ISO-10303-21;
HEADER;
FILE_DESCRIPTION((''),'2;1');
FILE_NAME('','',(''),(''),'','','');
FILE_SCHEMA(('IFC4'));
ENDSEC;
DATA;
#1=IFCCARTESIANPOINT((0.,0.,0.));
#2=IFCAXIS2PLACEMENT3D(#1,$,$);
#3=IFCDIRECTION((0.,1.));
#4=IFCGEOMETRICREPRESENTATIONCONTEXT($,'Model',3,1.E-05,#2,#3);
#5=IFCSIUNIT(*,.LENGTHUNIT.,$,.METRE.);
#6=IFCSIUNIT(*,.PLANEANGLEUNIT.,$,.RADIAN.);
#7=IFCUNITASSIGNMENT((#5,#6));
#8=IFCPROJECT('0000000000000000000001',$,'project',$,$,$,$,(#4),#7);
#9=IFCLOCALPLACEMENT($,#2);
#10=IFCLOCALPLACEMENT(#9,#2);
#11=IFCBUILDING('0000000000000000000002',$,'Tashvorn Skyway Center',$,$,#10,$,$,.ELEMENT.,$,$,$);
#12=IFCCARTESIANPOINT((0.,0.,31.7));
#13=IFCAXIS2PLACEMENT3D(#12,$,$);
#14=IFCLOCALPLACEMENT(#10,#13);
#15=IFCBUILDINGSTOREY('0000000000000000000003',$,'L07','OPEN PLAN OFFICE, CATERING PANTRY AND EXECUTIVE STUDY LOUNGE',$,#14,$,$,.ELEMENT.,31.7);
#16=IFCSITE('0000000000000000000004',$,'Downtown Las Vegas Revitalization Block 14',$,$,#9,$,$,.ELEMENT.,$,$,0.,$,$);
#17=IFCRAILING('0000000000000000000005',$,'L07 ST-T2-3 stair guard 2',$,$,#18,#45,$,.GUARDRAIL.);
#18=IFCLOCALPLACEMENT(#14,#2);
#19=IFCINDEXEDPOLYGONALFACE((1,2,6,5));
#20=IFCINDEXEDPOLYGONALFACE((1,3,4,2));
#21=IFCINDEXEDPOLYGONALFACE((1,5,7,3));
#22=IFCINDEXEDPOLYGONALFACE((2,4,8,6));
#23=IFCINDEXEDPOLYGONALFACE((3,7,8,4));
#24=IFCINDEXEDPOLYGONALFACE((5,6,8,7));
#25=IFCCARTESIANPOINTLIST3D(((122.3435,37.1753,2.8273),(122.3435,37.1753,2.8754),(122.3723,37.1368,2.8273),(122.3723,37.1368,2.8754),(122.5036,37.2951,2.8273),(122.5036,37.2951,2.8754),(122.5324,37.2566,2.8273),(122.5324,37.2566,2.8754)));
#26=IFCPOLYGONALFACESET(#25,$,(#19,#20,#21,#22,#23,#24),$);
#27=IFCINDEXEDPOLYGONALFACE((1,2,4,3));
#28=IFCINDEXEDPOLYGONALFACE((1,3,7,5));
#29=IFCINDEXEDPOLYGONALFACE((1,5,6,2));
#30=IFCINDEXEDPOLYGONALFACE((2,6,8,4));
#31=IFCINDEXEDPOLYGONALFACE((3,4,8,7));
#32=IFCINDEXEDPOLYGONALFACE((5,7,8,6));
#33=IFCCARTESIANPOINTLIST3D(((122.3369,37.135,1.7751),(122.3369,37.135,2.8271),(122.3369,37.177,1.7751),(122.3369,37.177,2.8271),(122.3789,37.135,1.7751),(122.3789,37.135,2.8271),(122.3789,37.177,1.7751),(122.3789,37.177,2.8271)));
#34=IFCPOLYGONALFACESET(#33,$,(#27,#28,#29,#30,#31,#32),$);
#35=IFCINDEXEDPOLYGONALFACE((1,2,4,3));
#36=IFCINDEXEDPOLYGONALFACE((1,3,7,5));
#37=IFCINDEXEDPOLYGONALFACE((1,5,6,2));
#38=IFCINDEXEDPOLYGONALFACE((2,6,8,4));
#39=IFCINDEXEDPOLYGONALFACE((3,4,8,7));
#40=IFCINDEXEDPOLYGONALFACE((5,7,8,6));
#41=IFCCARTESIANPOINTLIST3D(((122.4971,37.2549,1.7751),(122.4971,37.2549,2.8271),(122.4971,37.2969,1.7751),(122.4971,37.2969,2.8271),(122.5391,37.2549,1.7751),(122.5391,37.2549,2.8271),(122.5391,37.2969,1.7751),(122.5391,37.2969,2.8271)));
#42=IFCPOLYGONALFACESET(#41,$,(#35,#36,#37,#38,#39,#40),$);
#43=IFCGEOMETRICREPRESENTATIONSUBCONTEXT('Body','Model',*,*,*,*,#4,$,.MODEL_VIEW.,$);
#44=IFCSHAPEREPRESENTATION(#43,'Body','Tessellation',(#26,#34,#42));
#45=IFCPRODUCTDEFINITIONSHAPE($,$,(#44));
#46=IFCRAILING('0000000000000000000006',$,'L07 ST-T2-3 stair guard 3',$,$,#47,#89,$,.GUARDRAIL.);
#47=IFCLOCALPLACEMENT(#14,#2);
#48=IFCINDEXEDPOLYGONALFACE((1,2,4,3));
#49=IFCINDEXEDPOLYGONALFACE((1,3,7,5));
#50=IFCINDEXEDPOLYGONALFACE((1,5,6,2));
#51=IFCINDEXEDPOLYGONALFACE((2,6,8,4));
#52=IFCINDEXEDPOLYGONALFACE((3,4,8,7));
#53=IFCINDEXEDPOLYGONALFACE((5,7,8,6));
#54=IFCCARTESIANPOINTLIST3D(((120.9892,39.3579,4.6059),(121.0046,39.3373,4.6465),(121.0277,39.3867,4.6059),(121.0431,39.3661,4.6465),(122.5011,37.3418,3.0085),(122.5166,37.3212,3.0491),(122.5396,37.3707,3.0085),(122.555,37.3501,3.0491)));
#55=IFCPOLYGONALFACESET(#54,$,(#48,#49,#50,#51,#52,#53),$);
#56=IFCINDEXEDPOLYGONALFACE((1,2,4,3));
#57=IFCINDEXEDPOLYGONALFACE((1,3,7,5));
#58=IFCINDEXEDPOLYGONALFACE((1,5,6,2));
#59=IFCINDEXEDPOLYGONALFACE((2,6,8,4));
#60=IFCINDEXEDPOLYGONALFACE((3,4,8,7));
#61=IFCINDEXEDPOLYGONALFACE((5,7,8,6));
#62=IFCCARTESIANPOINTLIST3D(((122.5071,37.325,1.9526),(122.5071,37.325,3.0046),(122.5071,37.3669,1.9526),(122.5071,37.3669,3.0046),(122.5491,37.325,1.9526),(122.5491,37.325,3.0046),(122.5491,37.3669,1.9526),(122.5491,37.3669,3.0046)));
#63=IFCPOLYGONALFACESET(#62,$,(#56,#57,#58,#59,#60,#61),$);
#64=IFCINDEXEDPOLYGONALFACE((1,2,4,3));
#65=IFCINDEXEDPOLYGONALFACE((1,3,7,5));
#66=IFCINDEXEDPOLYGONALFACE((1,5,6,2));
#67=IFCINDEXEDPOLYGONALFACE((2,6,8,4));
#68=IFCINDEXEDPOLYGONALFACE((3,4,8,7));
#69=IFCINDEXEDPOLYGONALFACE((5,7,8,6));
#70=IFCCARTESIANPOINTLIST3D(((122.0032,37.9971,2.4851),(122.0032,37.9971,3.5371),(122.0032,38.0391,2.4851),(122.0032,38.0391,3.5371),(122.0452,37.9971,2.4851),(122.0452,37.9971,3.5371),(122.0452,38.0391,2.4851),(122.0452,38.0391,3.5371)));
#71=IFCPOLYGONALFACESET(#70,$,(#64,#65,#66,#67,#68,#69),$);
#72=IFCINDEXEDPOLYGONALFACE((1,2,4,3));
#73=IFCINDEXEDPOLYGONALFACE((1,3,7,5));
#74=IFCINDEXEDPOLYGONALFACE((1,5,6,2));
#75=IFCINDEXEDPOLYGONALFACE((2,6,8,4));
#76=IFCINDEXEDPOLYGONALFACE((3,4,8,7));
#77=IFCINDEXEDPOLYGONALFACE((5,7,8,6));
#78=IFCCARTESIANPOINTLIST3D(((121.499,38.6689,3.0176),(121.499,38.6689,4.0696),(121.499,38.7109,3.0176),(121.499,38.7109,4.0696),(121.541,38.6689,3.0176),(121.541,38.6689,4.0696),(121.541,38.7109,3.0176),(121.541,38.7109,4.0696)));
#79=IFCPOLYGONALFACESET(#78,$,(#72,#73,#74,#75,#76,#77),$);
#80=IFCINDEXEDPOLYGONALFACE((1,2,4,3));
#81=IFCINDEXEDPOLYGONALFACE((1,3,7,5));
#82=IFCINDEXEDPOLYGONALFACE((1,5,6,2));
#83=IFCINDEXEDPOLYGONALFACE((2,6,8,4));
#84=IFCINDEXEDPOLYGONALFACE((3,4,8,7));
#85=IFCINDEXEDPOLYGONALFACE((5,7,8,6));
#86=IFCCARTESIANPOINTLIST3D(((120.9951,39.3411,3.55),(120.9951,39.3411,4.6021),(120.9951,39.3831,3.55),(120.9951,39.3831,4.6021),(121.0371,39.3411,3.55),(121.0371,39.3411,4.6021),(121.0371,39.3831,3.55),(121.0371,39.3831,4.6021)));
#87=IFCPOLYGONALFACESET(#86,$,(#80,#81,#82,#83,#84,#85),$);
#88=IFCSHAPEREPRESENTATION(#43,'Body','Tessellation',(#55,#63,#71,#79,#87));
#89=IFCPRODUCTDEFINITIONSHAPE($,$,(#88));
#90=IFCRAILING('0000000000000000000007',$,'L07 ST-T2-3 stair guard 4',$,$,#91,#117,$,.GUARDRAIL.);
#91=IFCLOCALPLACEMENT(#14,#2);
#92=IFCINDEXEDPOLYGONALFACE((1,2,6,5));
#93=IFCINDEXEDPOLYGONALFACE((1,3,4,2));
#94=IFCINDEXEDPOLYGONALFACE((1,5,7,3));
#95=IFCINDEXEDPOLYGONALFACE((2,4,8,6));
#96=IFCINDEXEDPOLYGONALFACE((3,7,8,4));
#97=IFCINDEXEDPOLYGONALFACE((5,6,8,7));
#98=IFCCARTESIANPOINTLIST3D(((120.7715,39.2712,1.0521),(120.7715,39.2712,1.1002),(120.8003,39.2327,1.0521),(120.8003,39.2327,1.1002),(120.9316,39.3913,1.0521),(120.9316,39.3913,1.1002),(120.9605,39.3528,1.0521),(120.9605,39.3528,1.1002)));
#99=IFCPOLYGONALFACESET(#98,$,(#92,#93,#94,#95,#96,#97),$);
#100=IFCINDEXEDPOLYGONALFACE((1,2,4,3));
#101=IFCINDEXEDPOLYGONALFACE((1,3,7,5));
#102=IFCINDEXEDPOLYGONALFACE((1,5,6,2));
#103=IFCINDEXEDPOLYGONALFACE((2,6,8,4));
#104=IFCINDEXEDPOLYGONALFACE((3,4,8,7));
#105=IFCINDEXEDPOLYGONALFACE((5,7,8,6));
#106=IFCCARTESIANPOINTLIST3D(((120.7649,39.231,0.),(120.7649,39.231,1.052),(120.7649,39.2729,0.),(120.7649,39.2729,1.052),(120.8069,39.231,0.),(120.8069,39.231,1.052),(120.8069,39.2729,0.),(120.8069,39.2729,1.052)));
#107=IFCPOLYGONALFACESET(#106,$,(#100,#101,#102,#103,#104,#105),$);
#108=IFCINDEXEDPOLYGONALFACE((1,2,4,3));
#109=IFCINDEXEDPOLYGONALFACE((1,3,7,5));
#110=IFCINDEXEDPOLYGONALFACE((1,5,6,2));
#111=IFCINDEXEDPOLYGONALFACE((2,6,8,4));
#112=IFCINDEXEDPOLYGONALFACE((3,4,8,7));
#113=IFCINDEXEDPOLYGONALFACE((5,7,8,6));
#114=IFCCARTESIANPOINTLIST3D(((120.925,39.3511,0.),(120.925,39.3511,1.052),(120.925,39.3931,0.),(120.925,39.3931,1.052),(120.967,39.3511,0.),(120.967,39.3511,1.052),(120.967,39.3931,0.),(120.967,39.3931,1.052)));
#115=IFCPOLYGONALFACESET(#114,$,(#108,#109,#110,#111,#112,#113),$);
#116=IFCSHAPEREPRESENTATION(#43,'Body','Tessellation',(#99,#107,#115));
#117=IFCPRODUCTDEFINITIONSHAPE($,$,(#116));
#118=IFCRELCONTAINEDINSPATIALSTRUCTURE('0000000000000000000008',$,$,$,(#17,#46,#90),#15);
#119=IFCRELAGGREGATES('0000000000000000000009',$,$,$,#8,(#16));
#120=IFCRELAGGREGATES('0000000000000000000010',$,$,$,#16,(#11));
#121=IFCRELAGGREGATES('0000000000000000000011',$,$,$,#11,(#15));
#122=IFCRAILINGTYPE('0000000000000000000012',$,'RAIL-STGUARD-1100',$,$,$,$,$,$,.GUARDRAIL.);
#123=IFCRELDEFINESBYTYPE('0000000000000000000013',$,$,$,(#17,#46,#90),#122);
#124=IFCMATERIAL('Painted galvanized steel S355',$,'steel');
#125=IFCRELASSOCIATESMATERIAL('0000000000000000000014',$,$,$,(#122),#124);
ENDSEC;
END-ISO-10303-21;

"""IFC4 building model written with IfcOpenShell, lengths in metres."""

from ifc_helpers import new_model, si_unit, direction, frame, origin, origin_2d, place, context, subcontext, project, spatial, rectangle, extrude, material, type_object, element, save


model = new_model("IFC4")

# Units and contexts
model_context = context("Model", 3, precision=1e-05, world=origin(), true_north=direction((0.0, 1.0)))
body_context = subcontext(model_context, "Body", "Model", "MODEL_VIEW")
ifc_project = project(units=[si_unit("LENGTHUNIT", "METRE"), si_unit("PLANEANGLEUNIT", "RADIAN")], contexts=[model_context])

# Site, building, storey
site_placement = place(None, origin())
site = spatial("IfcSite", under=ifc_project, at=site_placement, Name="Downtown Las Vegas Revitalization Block 14", CompositionType="ELEMENT", RefElevation=0.0)
building_placement = place(site_placement, origin())
building = spatial("IfcBuilding", under=site, at=building_placement, Name="Tashvorn Skyway Center", CompositionType="ELEMENT")
storey_placement = place(building_placement, frame((0.0, 0.0, 31.7)))
storey = spatial("IfcBuildingStorey", under=building, at=storey_placement, Name="L07", Description="OPEN PLAN OFFICE, CATERING PANTRY AND EXECUTIVE STUDY LOUNGE", CompositionType="ELEMENT", Elevation=31.7)

# Railings
ifc_material_1 = material(Name="Painted galvanized steel S355", Category="steel")
railing_type_1 = type_object("IfcRailingType", Name="RAIL-STGUARD-1100", PredefinedType="GUARDRAIL", material=ifc_material_1)
railing_1_placement = place(storey_placement, frame((122.3579, 37.156, 1.7751)))
element("IfcRailing", 1, at=railing_1_placement, inside=storey, type_object=railing_type_1, Name="L07 ST-T2-3 stair guard 2", PredefinedType="GUARDRAIL", context=body_context, shape_type="SweptSolid", body=[
    extrude(rectangle(XDim=0.0481, YDim=0.0481, at=origin_2d()), frame((0.0, 0.0, 1.0762), z_axis=(0.800585, 0.599219, 0.0), x_axis=(-0.599219, 0.800585, 0.0)), (0.0, 0.0, 1.0), 0.2),
    extrude(rectangle(XDim=0.042, YDim=0.042, at=origin_2d()), origin(), (0.0, 0.0, 1.0), 1.052),
    extrude(rectangle(XDim=0.042, YDim=0.042, at=origin_2d()), frame((0.1602, 0.1199, 0.0)), (0.0, 0.0, 1.0), 1.052),
])
railing_2_placement = place(storey_placement, frame((122.5281, 37.3459, 1.9526)))
element("IfcRailing", 2, at=railing_2_placement, inside=storey, type_object=railing_type_1, Name="L07 ST-T2-3 stair guard 3", PredefinedType="GUARDRAIL", context=body_context, shape_type="SweptSolid", body=[
    extrude(rectangle(XDim=0.0481, YDim=0.0481, at=origin_2d()), frame((0.0, 0.0, 1.0762), z_axis=(-0.506741, 0.675709, 0.535379), x_axis=(-0.800023, -0.599969, 0.0)), (0.0, 0.0, 1.0), 2.9836),
    extrude(rectangle(XDim=0.042, YDim=0.042, at=origin_2d()), origin(), (0.0, 0.0, 1.0), 1.052),
    extrude(rectangle(XDim=0.042, YDim=0.042, at=origin_2d()), frame((-0.5039, 0.6721, 0.5325)), (0.0, 0.0, 1.0), 1.052),
    extrude(rectangle(XDim=0.042, YDim=0.042, at=origin_2d()), frame((-1.0081, 1.344, 1.0649)), (0.0, 0.0, 1.0), 1.052),
    extrude(rectangle(XDim=0.042, YDim=0.042, at=origin_2d()), frame((-1.512, 2.0161, 1.5974)), (0.0, 0.0, 1.0), 1.052),
])
railing_3_placement = place(storey_placement, frame((120.7859, 39.252, 0.0)))
element("IfcRailing", 3, at=railing_3_placement, inside=storey, type_object=railing_type_1, Name="L07 ST-T2-3 stair guard 4", PredefinedType="GUARDRAIL", context=body_context, shape_type="SweptSolid", body=[
    extrude(rectangle(XDim=0.0481, YDim=0.0481, at=origin_2d()), frame((0.0, 0.0, 1.0762), z_axis=(0.8, 0.6, 0.0), x_axis=(-0.6, 0.8, 0.0)), (0.0, 0.0, 1.0), 0.2002),
    extrude(rectangle(XDim=0.042, YDim=0.042, at=origin_2d()), origin(), (0.0, 0.0, 1.0), 1.052),
    extrude(rectangle(XDim=0.042, YDim=0.042, at=origin_2d()), frame((0.1602, 0.1201, 0.0)), (0.0, 0.0, 1.0), 1.052),
])

save(model, "model.ifc")
